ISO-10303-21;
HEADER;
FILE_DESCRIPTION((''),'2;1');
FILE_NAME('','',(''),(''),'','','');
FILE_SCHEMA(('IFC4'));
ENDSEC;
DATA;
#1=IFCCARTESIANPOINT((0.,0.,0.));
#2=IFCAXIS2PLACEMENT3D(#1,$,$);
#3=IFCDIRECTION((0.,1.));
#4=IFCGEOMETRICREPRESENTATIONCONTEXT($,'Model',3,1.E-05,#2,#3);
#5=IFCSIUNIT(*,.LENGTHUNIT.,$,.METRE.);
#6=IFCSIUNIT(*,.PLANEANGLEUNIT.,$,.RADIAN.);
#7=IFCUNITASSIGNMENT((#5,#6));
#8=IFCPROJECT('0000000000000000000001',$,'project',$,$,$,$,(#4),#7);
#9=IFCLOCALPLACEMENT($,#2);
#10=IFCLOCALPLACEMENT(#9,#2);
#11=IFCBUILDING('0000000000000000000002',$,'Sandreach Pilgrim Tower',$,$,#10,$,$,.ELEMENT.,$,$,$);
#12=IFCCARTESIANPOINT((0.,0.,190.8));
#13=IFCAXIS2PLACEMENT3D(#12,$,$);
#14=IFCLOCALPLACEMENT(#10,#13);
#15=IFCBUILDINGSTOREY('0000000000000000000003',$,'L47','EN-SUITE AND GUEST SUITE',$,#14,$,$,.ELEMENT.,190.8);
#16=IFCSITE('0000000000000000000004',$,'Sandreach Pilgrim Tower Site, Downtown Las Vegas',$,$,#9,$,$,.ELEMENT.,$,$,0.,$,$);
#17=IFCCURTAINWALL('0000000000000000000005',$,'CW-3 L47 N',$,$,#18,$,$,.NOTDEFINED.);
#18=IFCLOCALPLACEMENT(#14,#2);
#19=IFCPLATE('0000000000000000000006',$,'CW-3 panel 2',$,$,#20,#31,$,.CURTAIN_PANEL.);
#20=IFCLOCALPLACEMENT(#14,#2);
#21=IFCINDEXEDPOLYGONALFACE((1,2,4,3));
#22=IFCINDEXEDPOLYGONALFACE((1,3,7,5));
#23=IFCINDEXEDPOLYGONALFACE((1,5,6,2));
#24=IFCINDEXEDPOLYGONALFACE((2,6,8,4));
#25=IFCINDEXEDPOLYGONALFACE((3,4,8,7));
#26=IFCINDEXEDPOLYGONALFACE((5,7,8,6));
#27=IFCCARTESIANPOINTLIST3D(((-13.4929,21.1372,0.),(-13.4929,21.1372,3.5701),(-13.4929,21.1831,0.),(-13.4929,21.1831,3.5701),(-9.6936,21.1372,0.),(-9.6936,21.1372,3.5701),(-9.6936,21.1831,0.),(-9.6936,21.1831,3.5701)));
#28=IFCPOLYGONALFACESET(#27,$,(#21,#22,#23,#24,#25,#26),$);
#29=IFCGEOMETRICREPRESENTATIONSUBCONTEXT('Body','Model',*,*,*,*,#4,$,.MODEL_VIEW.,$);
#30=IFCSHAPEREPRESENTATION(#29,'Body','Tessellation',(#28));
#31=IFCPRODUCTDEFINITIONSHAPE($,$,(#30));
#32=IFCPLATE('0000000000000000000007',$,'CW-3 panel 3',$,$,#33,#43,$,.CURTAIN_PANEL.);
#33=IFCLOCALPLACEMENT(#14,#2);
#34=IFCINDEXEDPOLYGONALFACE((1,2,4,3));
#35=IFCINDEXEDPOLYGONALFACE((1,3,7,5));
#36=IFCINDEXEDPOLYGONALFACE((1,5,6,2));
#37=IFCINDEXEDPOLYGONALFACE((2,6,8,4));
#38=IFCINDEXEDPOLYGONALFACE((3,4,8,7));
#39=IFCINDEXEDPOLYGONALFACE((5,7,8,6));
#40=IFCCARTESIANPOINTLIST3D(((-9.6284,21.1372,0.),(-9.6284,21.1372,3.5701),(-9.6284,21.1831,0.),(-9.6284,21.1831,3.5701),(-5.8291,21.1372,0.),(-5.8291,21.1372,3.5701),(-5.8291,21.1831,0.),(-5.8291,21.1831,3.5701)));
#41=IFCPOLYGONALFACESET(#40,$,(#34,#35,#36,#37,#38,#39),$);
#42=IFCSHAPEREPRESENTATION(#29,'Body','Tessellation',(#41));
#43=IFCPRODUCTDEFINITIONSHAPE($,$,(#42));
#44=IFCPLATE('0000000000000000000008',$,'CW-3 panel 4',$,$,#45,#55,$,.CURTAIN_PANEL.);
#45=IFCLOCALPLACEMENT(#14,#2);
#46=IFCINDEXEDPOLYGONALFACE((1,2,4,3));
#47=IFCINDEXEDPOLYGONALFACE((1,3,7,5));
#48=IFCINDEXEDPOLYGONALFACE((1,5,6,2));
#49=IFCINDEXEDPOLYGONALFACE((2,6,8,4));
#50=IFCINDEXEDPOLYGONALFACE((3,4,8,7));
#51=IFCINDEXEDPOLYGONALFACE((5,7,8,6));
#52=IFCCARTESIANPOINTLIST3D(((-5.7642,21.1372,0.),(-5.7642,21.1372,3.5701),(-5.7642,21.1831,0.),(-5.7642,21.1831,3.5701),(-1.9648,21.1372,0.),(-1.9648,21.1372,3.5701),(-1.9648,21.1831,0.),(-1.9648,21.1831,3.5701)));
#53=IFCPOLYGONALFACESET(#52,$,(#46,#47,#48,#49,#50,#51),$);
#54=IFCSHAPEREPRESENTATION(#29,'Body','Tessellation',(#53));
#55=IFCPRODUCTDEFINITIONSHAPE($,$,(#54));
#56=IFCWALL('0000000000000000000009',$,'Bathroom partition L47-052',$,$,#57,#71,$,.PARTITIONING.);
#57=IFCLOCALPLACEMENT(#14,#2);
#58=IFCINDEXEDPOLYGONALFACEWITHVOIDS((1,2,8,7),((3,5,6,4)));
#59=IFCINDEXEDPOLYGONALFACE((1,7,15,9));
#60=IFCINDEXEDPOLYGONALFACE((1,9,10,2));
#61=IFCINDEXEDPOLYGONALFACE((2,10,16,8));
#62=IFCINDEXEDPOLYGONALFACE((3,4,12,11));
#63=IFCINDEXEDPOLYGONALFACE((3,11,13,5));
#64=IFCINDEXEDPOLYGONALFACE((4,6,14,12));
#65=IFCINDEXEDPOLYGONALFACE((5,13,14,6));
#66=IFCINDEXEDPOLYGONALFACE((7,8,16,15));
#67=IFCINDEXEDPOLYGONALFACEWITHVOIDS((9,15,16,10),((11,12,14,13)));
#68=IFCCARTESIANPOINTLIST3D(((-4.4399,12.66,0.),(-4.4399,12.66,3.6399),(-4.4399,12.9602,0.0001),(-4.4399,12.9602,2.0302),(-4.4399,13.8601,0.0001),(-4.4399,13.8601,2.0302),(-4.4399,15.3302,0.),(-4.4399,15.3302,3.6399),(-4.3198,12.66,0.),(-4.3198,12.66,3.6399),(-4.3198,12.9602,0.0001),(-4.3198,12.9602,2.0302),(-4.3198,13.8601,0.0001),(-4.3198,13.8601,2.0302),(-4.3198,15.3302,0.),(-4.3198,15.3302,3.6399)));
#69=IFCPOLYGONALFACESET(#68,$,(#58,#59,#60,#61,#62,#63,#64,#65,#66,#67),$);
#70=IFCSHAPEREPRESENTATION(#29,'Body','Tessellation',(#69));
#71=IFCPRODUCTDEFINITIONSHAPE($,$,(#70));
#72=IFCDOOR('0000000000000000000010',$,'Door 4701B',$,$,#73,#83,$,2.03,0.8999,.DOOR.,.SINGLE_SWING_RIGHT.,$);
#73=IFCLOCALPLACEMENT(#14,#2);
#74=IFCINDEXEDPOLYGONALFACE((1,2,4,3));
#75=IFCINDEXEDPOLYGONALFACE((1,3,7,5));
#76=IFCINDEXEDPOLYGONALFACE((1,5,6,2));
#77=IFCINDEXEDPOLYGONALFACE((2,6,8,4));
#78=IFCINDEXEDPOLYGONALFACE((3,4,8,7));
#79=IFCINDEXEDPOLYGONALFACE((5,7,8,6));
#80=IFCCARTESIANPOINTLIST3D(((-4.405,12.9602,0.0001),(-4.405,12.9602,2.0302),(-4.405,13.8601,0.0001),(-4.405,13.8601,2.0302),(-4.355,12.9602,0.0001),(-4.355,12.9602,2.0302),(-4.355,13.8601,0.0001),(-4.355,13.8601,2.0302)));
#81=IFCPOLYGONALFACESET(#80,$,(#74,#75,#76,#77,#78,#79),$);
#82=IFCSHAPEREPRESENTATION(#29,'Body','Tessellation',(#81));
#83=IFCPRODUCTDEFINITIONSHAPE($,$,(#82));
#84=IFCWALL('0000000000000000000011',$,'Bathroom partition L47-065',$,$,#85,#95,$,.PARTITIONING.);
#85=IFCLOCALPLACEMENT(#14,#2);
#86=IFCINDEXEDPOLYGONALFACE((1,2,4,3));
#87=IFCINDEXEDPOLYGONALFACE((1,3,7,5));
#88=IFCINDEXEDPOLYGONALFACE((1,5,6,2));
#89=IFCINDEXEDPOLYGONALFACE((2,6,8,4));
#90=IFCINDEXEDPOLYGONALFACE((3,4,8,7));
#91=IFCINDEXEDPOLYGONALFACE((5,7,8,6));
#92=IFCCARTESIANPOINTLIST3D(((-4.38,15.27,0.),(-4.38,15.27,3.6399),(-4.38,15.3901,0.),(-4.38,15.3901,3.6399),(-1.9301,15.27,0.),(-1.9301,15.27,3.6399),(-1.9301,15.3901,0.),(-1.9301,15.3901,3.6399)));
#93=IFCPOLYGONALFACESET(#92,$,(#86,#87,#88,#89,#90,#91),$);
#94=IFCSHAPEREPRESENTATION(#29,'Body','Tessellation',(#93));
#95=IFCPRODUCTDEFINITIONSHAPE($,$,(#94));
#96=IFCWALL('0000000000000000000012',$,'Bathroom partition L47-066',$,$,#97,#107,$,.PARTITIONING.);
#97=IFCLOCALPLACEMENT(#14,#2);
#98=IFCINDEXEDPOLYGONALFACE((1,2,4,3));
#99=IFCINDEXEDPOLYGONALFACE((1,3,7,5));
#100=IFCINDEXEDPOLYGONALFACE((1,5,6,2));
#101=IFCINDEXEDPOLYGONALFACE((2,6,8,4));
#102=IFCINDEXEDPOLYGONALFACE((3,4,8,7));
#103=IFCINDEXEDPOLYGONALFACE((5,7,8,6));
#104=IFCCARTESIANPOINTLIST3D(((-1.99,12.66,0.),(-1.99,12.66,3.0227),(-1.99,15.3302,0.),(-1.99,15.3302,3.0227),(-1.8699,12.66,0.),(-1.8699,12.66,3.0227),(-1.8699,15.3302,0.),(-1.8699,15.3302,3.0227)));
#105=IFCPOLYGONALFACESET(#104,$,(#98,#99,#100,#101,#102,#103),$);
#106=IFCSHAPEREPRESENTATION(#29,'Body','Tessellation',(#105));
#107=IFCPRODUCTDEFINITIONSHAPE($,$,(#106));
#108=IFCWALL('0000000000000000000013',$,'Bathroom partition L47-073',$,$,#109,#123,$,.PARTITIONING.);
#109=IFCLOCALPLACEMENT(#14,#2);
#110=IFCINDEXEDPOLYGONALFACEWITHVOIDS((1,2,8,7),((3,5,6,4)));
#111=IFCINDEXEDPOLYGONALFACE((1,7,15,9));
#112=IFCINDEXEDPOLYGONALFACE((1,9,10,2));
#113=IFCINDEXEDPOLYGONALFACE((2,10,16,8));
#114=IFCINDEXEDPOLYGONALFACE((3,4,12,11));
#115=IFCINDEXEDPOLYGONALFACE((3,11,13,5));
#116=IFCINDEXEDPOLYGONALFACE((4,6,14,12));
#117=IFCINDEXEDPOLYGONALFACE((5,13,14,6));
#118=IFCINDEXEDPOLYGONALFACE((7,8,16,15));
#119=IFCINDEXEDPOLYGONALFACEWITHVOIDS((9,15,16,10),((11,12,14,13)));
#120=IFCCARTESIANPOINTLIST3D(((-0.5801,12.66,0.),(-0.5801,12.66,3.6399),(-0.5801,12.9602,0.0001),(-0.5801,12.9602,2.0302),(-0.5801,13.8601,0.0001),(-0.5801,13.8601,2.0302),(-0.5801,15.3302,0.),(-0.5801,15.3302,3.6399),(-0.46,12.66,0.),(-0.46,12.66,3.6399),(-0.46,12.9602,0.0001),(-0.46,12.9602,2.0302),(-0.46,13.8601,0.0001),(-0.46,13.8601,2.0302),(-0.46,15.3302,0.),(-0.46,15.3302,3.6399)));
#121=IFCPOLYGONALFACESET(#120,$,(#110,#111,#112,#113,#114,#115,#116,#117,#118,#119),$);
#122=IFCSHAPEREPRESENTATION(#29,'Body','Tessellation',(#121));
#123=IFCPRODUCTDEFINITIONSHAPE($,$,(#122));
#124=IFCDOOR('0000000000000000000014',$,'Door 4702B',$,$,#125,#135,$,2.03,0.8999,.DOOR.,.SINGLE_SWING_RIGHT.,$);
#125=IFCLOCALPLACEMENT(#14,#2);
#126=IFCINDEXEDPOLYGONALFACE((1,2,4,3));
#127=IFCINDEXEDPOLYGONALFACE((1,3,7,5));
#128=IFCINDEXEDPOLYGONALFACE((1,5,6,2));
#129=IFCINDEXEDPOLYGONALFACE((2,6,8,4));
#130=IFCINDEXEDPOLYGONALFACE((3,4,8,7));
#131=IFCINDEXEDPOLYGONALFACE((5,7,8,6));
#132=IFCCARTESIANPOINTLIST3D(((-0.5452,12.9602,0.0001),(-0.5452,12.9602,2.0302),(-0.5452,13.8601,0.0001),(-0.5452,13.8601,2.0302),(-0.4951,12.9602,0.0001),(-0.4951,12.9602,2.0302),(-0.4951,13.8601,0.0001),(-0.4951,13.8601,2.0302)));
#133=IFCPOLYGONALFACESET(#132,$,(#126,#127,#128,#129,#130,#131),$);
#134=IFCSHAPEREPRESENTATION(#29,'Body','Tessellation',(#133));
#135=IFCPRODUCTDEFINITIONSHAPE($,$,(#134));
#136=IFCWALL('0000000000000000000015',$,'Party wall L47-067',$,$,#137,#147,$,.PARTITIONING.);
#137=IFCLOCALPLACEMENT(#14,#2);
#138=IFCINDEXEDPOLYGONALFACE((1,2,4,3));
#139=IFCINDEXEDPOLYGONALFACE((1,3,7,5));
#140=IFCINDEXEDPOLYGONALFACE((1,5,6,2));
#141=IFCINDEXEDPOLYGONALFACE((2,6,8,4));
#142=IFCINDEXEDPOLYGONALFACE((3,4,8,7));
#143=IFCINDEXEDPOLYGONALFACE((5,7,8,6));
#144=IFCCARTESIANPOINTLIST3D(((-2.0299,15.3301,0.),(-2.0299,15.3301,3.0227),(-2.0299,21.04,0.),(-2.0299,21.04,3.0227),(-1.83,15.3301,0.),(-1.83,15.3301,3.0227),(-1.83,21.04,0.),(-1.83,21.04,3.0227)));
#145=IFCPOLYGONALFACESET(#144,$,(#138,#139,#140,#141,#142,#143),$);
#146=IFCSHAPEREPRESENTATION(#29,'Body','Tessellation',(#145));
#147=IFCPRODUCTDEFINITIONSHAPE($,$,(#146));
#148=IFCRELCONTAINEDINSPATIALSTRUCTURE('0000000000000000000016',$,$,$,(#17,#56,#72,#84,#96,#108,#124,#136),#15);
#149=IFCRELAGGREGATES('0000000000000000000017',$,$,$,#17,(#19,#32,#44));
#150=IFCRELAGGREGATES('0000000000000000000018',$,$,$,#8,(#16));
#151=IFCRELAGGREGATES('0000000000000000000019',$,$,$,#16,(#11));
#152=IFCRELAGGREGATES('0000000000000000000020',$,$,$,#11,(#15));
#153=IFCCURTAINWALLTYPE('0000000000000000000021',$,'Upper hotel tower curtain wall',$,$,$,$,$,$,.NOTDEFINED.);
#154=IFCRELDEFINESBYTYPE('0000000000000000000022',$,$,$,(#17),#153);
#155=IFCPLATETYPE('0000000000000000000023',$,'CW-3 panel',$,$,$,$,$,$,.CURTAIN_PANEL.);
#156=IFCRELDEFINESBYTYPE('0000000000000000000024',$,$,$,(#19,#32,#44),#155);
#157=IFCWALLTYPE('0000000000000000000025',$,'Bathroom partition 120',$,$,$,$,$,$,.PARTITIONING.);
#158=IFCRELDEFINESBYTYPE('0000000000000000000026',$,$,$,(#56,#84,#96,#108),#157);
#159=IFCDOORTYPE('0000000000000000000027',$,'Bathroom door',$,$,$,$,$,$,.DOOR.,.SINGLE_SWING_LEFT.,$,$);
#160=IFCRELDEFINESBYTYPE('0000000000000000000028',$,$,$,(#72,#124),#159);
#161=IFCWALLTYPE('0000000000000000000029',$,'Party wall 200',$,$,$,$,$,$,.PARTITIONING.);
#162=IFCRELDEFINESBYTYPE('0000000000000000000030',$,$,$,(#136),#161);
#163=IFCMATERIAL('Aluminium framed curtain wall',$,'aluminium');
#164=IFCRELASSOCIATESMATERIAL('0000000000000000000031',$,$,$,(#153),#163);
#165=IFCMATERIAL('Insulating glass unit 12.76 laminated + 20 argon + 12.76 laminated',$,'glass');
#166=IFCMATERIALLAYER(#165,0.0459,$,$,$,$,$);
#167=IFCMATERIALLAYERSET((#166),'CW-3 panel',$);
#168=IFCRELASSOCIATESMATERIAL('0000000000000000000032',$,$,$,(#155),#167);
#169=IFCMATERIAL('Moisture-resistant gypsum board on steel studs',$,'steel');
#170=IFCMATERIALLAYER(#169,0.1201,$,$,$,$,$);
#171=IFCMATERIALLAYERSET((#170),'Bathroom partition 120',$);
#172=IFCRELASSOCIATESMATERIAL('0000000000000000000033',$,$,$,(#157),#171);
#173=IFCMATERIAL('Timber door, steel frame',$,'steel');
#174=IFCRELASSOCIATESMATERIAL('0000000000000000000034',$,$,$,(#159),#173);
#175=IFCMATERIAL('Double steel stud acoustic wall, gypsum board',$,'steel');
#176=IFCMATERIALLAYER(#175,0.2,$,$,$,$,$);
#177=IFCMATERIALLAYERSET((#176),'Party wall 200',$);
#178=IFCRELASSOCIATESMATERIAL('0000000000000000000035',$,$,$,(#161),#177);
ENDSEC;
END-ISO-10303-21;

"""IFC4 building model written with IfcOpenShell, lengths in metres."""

from ifc_helpers import new_model, si_unit, direction, frame, frame_2d, origin, origin_2d, place, context, subcontext, project, spatial, rectangle, extrude, material, layer, layer_set, type_object, element, fill, aggregate, save


model = new_model("IFC4")

# Units and contexts
model_context = context("Model", 3, precision=1e-05, world=origin(), true_north=direction((0.0, 1.0)))
body_context = subcontext(model_context, "Body", "Model", "MODEL_VIEW")
ifc_project = project(units=[si_unit("LENGTHUNIT", "METRE"), si_unit("PLANEANGLEUNIT", "RADIAN")], contexts=[model_context])

# Site, building, storey
site_placement = place(None, origin())
site = spatial("IfcSite", under=ifc_project, at=site_placement, Name="Sandreach Pilgrim Tower Site, Downtown Las Vegas", CompositionType="ELEMENT", RefElevation=0.0)
building_placement = place(site_placement, origin())
building = spatial("IfcBuilding", under=site, at=building_placement, Name="Sandreach Pilgrim Tower", CompositionType="ELEMENT")
storey_placement = place(building_placement, frame((0.0, 0.0, 190.8)))
storey = spatial("IfcBuildingStorey", under=building, at=storey_placement, Name="L47", Description="EN-SUITE AND GUEST SUITE", CompositionType="ELEMENT", Elevation=190.8)

# Curtain wall
ifc_material_1 = material(Name="Aluminium framed curtain wall", Category="aluminium")
curtain_wall_type = type_object("IfcCurtainWallType", Name="Upper hotel tower curtain wall", PredefinedType="NOTDEFINED", material=ifc_material_1)
curtain_wall_placement = place(storey_placement, origin())
curtain_wall = element("IfcCurtainWall", 1, at=curtain_wall_placement, inside=storey, type_object=curtain_wall_type, Name="CW-3 L47 N", PredefinedType="NOTDEFINED")

# Plates
ifc_material_2 = material(Name="Insulating glass unit 12.76 laminated + 20 argon + 12.76 laminated", Category="glass")
ifc_layer_1 = layer(ifc_material_2, 0.0459)
ifc_layer_set_1 = layer_set([ifc_layer_1], Name="CW-3 panel")
plate_type = type_object("IfcPlateType", Name="CW-3 panel", PredefinedType="CURTAIN_PANEL", material=ifc_layer_set_1)
plate_1_placement = place(storey_placement, frame((-11.5933, 21.1602, 0.0), z_axis=(0.0, 0.0, 1.0), x_axis=(1.0, 0.0, 0.0)))
plate_1 = element("IfcPlate", 2, at=plate_1_placement, type_object=plate_type, Name="CW-3 panel 2", PredefinedType="CURTAIN_PANEL", context=body_context, shape_type="SweptSolid", body=[
    extrude(rectangle(XDim=3.7993, YDim=0.0459, at=origin_2d()), origin(), (0.0, 0.0, 1.0), 3.5701),
])
plate_2_placement = place(storey_placement, frame((-7.7288, 21.1602, 0.0), z_axis=(0.0, 0.0, 1.0), x_axis=(1.0, 0.0, 0.0)))
plate_2 = element("IfcPlate", 3, at=plate_2_placement, type_object=plate_type, Name="CW-3 panel 3", PredefinedType="CURTAIN_PANEL", context=body_context, shape_type="SweptSolid", body=[
    extrude(rectangle(XDim=3.7993, YDim=0.0459, at=origin_2d()), origin(), (0.0, 0.0, 1.0), 3.5701),
])
plate_3_placement = place(storey_placement, frame((-3.8645, 21.1602, 0.0), z_axis=(0.0, 0.0, 1.0), x_axis=(1.0, 0.0, 0.0)))
plate_3 = element("IfcPlate", 4, at=plate_3_placement, type_object=plate_type, Name="CW-3 panel 4", PredefinedType="CURTAIN_PANEL", context=body_context, shape_type="SweptSolid", body=[
    extrude(rectangle(XDim=3.7993, YDim=0.0459, at=origin_2d()), origin(), (0.0, 0.0, 1.0), 3.5701),
])
aggregate(curtain_wall, [plate_1, plate_2, plate_3])

# Wall, opening, door
ifc_material_3 = material(Name="Moisture-resistant gypsum board on steel studs", Category="steel")
ifc_layer_2 = layer(ifc_material_3, 0.1201)
ifc_layer_set_2 = layer_set([ifc_layer_2], Name="Bathroom partition 120")
wall_type_1 = type_object("IfcWallType", Name="Bathroom partition 120", PredefinedType="PARTITIONING", material=ifc_layer_set_2)
wall_1_placement = place(storey_placement, frame((-4.3799, 15.3301, 0.0), z_axis=(0.0, 0.0, 1.0), x_axis=(0.0, -1.0, 0.0)))
wall_1 = element("IfcWall", 5, at=wall_1_placement, inside=storey, type_object=wall_type_1, Name="Bathroom partition L47-052", PredefinedType="PARTITIONING", context=body_context, shape_type="SweptSolid", body=[
    extrude(rectangle(XDim=2.6702, YDim=0.1201, at=frame_2d((1.335, 0.0))), origin(), (0.0, 0.0, 1.0), 3.6399),
])
opening_1_placement = place(wall_1_placement, frame((1.47, 0.0, 0.0)))
opening_1 = element("IfcOpeningElement", 6, at=opening_1_placement, cuts=wall_1, PredefinedType="OPENING", context=body_context, shape_type="SweptSolid", body=[
    extrude(rectangle(XDim=0.8999, YDim=2.03, at=frame_2d((0.45, 1.0151))), frame((0.0, 0.0601, 0.0), z_axis=(0.0, -1.0, 0.0), x_axis=(1.0, 0.0, 0.0)), (0.0, 0.0, 1.0), 0.1201),
])
ifc_material_4 = material(Name="Timber door, steel frame", Category="steel")
door_type = type_object("IfcDoorType", Name="Bathroom door", OperationType="SINGLE_SWING_LEFT", PredefinedType="DOOR", material=ifc_material_4)
door_1_placement = place(opening_1_placement, origin())
door_1 = element("IfcDoor", 7, at=door_1_placement, inside=storey, type_object=door_type, Name="Door 4701B", OperationType="SINGLE_SWING_RIGHT", OverallHeight=2.03, OverallWidth=0.8999, PredefinedType="DOOR", context=body_context, shape_type="SweptSolid", body=[
    extrude(rectangle(XDim=0.8999, YDim=2.03, at=frame_2d((0.45, 1.0151))), frame((0.0, 0.0249, 0.0), z_axis=(0.0, -1.0, 0.0), x_axis=(1.0, 0.0, 0.0)), (0.0, 0.0, 1.0), 0.05),
])
fill(opening_1, door_1)

# Walls
wall_2_placement = place(storey_placement, frame((-1.9299, 15.3301, 0.0), z_axis=(0.0, 0.0, 1.0), x_axis=(-1.0, 0.0, 0.0)))
element("IfcWall", 8, at=wall_2_placement, inside=storey, type_object=wall_type_1, Name="Bathroom partition L47-065", PredefinedType="PARTITIONING", context=body_context, shape_type="SweptSolid", body=[
    extrude(rectangle(XDim=2.45, YDim=0.1201, at=frame_2d((1.2251, 0.0))), origin(), (0.0, 0.0, 1.0), 3.6399),
])
wall_3_placement = place(storey_placement, frame((-1.9299, 15.3301, 0.0), z_axis=(0.0, 0.0, 1.0), x_axis=(0.0, -1.0, 0.0)))
element("IfcWall", 9, at=wall_3_placement, inside=storey, type_object=wall_type_1, Name="Bathroom partition L47-066", PredefinedType="PARTITIONING", context=body_context, shape_type="SweptSolid", body=[
    extrude(rectangle(XDim=2.6702, YDim=0.1201, at=frame_2d((1.335, 0.0))), origin(), (0.0, 0.0, 1.0), 3.0227),
])

# Wall, opening, door
wall_4_placement = place(storey_placement, frame((-0.52, 15.3301, 0.0), z_axis=(0.0, 0.0, 1.0), x_axis=(0.0, -1.0, 0.0)))
wall_4 = element("IfcWall", 10, at=wall_4_placement, inside=storey, type_object=wall_type_1, Name="Bathroom partition L47-073", PredefinedType="PARTITIONING", context=body_context, shape_type="SweptSolid", body=[
    extrude(rectangle(XDim=2.6702, YDim=0.1201, at=frame_2d((1.335, 0.0))), origin(), (0.0, 0.0, 1.0), 3.6399),
])
opening_2_placement = place(wall_4_placement, frame((1.47, 0.0, 0.0)))
opening_2 = element("IfcOpeningElement", 11, at=opening_2_placement, cuts=wall_4, PredefinedType="OPENING", context=body_context, shape_type="SweptSolid", body=[
    extrude(rectangle(XDim=0.8999, YDim=2.03, at=frame_2d((0.45, 1.0151))), frame((0.0, 0.0601, 0.0), z_axis=(0.0, -1.0, 0.0), x_axis=(1.0, 0.0, 0.0)), (0.0, 0.0, 1.0), 0.1201),
])
door_2_placement = place(opening_2_placement, origin())
door_2 = element("IfcDoor", 12, at=door_2_placement, inside=storey, type_object=door_type, Name="Door 4702B", OperationType="SINGLE_SWING_RIGHT", OverallHeight=2.03, OverallWidth=0.8999, PredefinedType="DOOR", context=body_context, shape_type="SweptSolid", body=[
    extrude(rectangle(XDim=0.8999, YDim=2.03, at=frame_2d((0.45, 1.0151))), frame((0.0, 0.0249, 0.0), z_axis=(0.0, -1.0, 0.0), x_axis=(1.0, 0.0, 0.0)), (0.0, 0.0, 1.0), 0.05),
])
fill(opening_2, door_2)

# Wall
ifc_material_5 = material(Name="Double steel stud acoustic wall, gypsum board", Category="steel")
ifc_layer_3 = layer(ifc_material_5, 0.2)
ifc_layer_set_3 = layer_set([ifc_layer_3], Name="Party wall 200")
wall_type_2 = type_object("IfcWallType", Name="Party wall 200", PredefinedType="PARTITIONING", material=ifc_layer_set_3)
wall_5_placement = place(storey_placement, frame((-1.9299, 21.04, 0.0), z_axis=(0.0, 0.0, 1.0), x_axis=(0.0, -1.0, 0.0)))
element("IfcWall", 13, at=wall_5_placement, inside=storey, type_object=wall_type_2, Name="Party wall L47-067", PredefinedType="PARTITIONING", context=body_context, shape_type="SweptSolid", body=[
    extrude(rectangle(XDim=5.71, YDim=0.2, at=frame_2d((2.855, 0.0))), origin(), (0.0, 0.0, 1.0), 3.0227),
])

save(model, "model.ifc")
